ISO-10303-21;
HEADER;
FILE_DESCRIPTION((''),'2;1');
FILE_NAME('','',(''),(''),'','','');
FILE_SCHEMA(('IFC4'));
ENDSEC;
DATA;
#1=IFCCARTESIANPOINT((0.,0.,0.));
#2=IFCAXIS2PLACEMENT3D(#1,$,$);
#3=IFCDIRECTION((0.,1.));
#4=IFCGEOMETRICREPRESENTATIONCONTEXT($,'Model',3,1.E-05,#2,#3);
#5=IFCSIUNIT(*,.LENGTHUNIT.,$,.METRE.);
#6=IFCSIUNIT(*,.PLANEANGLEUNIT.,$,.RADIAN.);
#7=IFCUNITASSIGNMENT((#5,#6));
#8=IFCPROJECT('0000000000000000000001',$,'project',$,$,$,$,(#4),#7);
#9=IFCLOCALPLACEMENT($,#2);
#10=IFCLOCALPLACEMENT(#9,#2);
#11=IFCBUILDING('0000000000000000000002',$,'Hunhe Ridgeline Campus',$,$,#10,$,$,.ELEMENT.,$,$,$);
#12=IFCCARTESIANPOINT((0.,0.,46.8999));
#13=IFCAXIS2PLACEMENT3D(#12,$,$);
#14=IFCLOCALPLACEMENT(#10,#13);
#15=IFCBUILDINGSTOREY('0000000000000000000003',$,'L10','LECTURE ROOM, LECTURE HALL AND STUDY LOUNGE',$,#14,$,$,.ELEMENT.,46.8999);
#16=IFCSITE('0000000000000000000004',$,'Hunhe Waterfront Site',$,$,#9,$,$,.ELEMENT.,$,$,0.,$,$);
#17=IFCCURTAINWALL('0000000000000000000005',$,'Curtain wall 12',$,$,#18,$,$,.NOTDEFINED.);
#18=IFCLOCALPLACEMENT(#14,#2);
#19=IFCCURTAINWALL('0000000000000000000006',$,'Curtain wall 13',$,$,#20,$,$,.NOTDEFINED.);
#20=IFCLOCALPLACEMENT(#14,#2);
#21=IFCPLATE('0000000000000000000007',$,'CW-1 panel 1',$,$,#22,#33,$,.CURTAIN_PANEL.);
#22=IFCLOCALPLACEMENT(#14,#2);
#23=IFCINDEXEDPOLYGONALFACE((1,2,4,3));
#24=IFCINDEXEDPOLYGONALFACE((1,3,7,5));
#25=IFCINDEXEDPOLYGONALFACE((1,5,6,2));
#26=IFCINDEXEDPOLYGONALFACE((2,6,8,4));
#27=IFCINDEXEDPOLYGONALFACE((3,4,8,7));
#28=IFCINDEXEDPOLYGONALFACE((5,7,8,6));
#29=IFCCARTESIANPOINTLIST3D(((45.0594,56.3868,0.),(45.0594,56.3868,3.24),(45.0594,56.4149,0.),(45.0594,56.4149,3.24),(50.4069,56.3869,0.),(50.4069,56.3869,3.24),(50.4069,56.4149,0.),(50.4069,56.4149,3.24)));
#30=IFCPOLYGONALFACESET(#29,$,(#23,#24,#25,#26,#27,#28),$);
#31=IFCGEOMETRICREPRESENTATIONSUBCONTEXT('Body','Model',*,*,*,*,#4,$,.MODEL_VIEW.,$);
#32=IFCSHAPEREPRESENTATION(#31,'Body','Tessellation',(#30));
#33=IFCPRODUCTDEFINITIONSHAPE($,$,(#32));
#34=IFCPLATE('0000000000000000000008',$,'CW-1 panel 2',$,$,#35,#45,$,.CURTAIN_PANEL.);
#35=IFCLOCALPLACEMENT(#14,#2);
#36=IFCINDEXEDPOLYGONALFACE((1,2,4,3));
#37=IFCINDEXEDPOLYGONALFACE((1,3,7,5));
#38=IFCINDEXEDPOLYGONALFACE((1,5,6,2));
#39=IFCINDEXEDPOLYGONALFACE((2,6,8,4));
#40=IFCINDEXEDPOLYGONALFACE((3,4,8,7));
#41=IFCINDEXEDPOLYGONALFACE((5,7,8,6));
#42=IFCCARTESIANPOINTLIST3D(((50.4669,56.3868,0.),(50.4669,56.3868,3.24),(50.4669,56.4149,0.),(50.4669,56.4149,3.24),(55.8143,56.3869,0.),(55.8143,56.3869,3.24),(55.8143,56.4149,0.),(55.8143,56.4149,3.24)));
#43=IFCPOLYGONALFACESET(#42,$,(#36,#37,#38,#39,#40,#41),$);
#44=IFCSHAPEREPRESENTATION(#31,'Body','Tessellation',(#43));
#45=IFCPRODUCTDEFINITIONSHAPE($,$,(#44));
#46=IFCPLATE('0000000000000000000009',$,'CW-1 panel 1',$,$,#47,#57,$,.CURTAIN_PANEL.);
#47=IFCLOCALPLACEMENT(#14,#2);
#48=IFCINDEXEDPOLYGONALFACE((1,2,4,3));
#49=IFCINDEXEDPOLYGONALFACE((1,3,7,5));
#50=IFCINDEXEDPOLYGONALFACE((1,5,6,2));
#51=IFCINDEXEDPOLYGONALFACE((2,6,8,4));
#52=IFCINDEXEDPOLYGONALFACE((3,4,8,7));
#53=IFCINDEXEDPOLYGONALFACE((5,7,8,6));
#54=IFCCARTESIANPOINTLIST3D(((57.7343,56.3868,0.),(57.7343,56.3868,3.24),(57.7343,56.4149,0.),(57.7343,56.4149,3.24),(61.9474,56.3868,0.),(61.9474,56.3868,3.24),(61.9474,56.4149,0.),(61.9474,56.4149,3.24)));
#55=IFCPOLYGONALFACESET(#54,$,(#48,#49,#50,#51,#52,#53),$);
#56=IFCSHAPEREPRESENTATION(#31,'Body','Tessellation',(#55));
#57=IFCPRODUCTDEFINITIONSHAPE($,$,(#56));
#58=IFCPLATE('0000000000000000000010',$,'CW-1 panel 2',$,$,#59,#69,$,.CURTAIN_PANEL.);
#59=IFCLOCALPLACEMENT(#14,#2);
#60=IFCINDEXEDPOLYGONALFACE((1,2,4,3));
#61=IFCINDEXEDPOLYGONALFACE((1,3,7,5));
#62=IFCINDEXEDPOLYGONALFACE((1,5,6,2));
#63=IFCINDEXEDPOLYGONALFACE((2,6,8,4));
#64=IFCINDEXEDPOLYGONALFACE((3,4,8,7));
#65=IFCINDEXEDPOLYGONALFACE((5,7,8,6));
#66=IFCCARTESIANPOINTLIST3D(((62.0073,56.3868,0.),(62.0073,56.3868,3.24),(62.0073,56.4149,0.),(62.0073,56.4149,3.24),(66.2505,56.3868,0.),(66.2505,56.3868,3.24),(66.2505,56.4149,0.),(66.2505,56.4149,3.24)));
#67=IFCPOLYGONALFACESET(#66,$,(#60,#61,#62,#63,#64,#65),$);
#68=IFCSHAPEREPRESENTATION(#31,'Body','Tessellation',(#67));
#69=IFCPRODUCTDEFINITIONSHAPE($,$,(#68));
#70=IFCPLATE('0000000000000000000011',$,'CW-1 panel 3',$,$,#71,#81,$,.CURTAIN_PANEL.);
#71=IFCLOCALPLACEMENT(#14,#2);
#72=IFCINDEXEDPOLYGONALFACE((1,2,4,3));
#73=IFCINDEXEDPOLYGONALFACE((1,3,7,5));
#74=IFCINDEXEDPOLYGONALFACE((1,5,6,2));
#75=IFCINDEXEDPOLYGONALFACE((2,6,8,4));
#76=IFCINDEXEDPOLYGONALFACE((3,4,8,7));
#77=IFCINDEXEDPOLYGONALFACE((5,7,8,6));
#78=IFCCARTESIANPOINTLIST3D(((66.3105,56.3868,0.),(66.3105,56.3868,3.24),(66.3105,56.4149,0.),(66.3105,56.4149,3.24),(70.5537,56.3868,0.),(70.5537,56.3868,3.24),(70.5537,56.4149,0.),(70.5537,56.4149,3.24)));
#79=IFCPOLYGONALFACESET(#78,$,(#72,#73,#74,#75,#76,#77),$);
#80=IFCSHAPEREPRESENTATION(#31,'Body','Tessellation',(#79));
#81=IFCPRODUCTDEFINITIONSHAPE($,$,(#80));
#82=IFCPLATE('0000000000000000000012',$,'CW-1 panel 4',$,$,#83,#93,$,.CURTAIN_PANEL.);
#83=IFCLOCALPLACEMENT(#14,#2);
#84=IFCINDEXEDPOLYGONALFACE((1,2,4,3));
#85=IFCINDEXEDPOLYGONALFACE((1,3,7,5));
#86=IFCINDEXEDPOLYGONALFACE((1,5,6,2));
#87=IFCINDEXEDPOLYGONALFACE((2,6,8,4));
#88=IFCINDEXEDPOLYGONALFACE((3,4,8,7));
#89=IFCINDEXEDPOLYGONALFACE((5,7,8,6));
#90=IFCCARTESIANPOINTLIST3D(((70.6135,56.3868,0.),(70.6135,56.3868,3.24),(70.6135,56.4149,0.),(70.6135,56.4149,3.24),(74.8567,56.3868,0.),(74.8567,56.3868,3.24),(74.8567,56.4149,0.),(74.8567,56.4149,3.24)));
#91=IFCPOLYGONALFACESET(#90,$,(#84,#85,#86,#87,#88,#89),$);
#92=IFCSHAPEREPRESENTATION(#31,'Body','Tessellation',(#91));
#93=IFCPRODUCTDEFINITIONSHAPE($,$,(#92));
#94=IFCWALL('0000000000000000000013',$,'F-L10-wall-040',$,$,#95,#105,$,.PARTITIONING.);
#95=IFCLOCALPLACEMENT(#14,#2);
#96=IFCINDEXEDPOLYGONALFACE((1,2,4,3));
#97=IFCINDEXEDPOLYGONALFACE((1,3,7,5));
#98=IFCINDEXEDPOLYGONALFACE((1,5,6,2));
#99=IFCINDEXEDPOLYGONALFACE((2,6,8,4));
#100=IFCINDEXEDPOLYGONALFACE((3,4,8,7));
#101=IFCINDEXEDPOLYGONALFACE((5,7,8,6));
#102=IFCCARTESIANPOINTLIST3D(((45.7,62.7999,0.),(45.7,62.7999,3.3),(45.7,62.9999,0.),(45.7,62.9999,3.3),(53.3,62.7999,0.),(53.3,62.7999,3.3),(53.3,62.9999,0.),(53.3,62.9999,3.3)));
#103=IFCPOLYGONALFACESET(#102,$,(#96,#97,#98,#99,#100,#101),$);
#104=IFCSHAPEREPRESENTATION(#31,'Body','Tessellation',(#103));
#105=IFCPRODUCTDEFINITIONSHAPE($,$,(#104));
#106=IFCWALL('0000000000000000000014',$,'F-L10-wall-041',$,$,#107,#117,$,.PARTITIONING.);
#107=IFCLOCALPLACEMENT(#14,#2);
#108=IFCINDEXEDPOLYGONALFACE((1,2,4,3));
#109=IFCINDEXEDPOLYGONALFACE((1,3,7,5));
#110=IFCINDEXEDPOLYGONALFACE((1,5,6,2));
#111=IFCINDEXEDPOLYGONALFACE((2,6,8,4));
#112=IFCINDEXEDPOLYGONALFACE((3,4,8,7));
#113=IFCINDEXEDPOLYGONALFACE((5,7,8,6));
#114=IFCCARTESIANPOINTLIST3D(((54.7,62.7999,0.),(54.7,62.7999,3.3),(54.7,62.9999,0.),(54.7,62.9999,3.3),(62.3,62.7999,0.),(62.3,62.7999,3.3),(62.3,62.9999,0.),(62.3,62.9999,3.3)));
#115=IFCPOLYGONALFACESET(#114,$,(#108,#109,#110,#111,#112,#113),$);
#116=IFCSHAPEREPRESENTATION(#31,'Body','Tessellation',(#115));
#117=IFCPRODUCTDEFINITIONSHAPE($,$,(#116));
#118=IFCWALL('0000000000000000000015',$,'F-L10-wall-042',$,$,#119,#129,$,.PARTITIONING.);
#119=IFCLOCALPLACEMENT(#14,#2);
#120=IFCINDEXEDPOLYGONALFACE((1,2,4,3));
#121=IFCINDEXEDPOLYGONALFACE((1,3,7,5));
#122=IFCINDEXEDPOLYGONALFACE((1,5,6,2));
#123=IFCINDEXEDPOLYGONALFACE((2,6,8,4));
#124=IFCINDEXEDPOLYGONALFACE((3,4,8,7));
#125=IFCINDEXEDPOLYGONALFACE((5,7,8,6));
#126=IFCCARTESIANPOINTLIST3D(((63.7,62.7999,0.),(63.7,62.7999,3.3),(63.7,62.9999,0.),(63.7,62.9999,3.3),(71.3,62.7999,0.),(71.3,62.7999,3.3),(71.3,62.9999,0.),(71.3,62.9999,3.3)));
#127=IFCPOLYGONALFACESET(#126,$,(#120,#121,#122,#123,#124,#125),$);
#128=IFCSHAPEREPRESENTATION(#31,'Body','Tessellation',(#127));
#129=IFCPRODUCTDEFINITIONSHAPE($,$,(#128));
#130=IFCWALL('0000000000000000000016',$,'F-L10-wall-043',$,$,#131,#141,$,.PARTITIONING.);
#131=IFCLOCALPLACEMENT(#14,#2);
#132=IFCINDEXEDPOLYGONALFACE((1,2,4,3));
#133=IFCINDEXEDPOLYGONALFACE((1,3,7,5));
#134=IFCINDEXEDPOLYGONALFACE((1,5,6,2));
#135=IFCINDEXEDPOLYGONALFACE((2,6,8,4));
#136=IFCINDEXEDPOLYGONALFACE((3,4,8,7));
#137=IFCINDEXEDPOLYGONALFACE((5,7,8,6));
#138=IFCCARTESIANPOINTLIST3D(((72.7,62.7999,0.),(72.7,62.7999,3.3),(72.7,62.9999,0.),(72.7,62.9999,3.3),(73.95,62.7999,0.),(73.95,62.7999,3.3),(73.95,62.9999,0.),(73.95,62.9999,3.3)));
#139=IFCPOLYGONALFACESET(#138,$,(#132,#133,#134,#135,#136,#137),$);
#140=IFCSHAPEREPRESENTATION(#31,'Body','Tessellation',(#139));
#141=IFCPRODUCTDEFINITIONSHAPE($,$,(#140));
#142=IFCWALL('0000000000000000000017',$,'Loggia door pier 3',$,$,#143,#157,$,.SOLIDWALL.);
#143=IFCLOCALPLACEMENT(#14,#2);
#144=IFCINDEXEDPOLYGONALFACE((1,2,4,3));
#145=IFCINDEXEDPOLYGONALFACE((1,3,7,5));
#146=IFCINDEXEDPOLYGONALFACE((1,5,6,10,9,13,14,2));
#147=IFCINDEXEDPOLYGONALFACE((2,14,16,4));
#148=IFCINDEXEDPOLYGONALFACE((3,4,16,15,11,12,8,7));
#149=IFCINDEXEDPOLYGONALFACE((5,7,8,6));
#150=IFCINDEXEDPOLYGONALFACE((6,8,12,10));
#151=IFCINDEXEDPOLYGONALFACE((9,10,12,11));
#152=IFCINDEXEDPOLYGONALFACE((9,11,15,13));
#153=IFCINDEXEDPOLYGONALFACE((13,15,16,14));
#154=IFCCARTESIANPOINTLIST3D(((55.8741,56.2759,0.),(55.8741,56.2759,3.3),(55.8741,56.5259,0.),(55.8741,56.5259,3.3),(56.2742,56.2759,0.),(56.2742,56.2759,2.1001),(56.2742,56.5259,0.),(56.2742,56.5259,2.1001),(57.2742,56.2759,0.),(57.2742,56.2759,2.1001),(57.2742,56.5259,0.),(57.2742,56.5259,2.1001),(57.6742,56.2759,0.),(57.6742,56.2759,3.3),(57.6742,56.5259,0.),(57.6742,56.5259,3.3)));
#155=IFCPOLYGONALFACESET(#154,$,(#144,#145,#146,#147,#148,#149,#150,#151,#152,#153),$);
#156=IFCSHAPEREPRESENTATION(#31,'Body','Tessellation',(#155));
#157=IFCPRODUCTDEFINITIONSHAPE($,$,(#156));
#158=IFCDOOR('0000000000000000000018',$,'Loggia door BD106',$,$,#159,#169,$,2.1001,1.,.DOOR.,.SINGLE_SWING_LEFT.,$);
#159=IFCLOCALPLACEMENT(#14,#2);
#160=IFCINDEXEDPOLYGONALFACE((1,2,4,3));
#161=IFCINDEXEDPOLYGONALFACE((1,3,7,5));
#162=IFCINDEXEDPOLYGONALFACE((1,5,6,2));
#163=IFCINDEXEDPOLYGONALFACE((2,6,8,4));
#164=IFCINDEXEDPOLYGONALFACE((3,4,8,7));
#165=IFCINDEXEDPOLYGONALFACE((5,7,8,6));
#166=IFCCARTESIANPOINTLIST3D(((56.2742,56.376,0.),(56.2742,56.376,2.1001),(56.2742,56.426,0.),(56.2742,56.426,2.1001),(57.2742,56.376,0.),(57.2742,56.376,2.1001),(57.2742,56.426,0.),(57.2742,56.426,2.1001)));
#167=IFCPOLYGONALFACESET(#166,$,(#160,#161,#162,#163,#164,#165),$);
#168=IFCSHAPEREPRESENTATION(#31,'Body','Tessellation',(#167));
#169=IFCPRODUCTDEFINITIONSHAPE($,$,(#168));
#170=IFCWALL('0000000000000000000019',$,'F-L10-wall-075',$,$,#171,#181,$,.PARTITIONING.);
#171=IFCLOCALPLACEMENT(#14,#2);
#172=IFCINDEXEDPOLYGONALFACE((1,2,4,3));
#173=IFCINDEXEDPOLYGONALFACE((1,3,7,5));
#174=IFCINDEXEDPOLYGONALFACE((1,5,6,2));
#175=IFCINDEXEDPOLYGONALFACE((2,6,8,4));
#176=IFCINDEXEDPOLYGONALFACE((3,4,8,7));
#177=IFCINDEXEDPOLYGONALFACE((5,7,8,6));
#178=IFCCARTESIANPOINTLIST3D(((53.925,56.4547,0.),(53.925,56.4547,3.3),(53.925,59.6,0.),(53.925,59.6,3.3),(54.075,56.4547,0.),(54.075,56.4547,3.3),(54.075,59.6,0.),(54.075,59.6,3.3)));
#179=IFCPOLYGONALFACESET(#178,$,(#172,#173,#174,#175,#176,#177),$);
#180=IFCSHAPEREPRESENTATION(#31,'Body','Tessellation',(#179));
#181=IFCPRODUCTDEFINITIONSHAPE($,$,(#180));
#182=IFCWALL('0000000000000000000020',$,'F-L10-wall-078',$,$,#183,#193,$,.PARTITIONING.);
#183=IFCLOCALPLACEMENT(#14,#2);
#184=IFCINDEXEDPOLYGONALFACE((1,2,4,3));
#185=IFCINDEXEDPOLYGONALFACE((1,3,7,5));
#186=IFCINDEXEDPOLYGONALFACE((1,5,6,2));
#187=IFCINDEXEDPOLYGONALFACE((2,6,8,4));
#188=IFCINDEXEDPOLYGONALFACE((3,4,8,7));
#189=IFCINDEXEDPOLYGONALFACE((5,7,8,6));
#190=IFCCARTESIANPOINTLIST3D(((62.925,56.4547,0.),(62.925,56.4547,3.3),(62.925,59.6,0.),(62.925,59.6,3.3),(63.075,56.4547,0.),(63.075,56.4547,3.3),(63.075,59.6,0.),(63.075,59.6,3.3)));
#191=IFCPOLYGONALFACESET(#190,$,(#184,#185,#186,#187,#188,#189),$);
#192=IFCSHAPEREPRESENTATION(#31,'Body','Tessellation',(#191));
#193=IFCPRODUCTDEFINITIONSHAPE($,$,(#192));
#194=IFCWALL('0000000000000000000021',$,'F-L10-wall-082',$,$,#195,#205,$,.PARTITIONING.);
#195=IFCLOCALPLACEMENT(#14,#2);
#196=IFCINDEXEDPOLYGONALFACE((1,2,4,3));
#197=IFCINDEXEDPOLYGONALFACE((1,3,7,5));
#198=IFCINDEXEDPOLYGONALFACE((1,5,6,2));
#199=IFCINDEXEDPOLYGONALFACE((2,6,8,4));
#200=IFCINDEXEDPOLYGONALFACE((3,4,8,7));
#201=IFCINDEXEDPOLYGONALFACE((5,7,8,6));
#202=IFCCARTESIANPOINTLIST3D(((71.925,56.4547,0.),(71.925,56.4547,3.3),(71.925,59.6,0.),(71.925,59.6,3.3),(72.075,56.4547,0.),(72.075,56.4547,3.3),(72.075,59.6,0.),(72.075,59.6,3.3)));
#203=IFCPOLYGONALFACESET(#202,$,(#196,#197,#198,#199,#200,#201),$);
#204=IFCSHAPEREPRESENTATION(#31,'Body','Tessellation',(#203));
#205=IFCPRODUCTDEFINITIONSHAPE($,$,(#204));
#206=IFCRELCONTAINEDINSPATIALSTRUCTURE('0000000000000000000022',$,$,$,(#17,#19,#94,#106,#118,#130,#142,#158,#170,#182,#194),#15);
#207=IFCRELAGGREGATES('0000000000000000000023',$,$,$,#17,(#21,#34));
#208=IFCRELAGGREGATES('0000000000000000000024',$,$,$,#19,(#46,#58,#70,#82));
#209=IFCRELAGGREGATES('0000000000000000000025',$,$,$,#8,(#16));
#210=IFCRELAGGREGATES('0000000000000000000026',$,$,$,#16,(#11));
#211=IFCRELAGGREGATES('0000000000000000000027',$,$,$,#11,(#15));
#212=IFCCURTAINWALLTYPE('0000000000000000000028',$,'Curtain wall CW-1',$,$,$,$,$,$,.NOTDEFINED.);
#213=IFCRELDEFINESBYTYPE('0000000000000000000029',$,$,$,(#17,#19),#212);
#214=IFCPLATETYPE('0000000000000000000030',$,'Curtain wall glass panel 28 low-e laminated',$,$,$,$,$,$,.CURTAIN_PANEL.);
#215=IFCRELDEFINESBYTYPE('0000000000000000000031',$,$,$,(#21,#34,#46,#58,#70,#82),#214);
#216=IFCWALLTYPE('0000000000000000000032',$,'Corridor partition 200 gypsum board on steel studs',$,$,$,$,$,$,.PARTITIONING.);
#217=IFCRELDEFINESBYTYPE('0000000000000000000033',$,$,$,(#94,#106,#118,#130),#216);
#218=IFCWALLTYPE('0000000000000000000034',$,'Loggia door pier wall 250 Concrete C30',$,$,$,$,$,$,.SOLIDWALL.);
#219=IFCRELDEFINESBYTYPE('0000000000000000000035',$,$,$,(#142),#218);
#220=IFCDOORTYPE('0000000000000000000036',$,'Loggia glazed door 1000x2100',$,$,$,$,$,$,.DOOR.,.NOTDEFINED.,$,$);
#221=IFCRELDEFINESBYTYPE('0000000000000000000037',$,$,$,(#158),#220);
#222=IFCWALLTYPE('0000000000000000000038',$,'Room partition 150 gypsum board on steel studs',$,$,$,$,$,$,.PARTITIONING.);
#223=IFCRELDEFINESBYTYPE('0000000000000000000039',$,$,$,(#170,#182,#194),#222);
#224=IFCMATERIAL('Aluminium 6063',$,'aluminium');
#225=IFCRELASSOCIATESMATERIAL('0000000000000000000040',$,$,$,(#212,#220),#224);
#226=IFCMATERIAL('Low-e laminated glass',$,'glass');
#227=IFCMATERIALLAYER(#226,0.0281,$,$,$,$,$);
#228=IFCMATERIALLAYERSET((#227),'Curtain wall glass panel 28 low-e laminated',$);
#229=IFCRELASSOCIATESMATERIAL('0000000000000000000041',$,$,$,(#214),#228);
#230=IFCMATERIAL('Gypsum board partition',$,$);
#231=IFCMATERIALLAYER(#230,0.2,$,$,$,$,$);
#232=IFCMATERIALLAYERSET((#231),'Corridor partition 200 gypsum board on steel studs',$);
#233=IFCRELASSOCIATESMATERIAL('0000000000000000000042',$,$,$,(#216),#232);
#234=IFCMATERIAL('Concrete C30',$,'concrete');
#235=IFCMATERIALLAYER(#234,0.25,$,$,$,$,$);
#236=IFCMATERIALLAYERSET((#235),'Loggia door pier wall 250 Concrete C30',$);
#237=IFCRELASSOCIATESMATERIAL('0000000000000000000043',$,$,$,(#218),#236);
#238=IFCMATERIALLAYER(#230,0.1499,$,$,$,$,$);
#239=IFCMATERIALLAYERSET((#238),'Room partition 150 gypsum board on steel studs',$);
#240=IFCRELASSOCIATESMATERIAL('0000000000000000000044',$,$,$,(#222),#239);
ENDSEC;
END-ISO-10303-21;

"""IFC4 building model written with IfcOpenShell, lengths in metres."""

from ifc_helpers import new_model, si_unit, direction, frame, frame_2d, origin, origin_2d, place, context, subcontext, project, spatial, rectangle, extrude, material, layer, layer_set, type_object, element, fill, aggregate, save


model = new_model("IFC4")

# Units and contexts
model_context = context("Model", 3, precision=1e-05, world=origin(), true_north=direction((0.0, 1.0)))
body_context = subcontext(model_context, "Body", "Model", "MODEL_VIEW")
ifc_project = project(units=[si_unit("LENGTHUNIT", "METRE"), si_unit("PLANEANGLEUNIT", "RADIAN")], contexts=[model_context])

# Site, building, storey
site_placement = place(None, origin())
site = spatial("IfcSite", under=ifc_project, at=site_placement, Name="Hunhe Waterfront Site", CompositionType="ELEMENT", RefElevation=0.0)
building_placement = place(site_placement, origin())
building = spatial("IfcBuilding", under=site, at=building_placement, Name="Hunhe Ridgeline Campus", CompositionType="ELEMENT")
storey_placement = place(building_placement, frame((0.0, 0.0, 46.8999)))
storey = spatial("IfcBuildingStorey", under=building, at=storey_placement, Name="L10", Description="LECTURE ROOM, LECTURE HALL AND STUDY LOUNGE", CompositionType="ELEMENT", Elevation=46.8999)

# Curtain walls
ifc_material_1 = material(Name="Aluminium 6063", Category="aluminium")
curtain_wall_type = type_object("IfcCurtainWallType", Name="Curtain wall CW-1", PredefinedType="NOTDEFINED", material=ifc_material_1)
curtain_wall_1_placement = place(storey_placement, origin())
curtain_wall_1 = element("IfcCurtainWall", 1, at=curtain_wall_1_placement, inside=storey, type_object=curtain_wall_type, Name="Curtain wall 12", PredefinedType="NOTDEFINED")
curtain_wall_2_placement = place(storey_placement, origin())
curtain_wall_2 = element("IfcCurtainWall", 2, at=curtain_wall_2_placement, inside=storey, type_object=curtain_wall_type, Name="Curtain wall 13", PredefinedType="NOTDEFINED")

# Plates
ifc_material_2 = material(Name="Low-e laminated glass", Category="glass")
ifc_layer_1 = layer(ifc_material_2, 0.0281)
ifc_layer_set_1 = layer_set([ifc_layer_1], Name="Curtain wall glass panel 28 low-e laminated")
plate_type = type_object("IfcPlateType", Name="Curtain wall glass panel 28 low-e laminated", PredefinedType="CURTAIN_PANEL", material=ifc_layer_set_1)
plate_1_placement = place(storey_placement, frame((47.7332, 56.4009, 0.0), z_axis=(0.0, 0.0, 1.0), x_axis=(1.0, 0.000004, 0.0)))
plate_1 = element("IfcPlate", 3, at=plate_1_placement, type_object=plate_type, Name="CW-1 panel 1", PredefinedType="CURTAIN_PANEL", context=body_context, shape_type="SweptSolid", body=[
    extrude(rectangle(XDim=5.3474, YDim=0.0281, at=origin_2d()), origin(), (0.0, 0.0, 1.0), 3.24),
])
plate_2_placement = place(storey_placement, frame((53.1406, 56.4009, 0.0), z_axis=(0.0, 0.0, 1.0), x_axis=(1.0, 0.000004, 0.0)))
plate_2 = element("IfcPlate", 4, at=plate_2_placement, type_object=plate_type, Name="CW-1 panel 2", PredefinedType="CURTAIN_PANEL", context=body_context, shape_type="SweptSolid", body=[
    extrude(rectangle(XDim=5.3474, YDim=0.0281, at=origin_2d()), origin(), (0.0, 0.0, 1.0), 3.24),
])
aggregate(curtain_wall_1, [plate_1, plate_2])
plate_3_placement = place(storey_placement, frame((59.8408, 56.4009, 0.0), z_axis=(0.0, 0.0, 1.0), x_axis=(1.0, 0.000004, 0.0)))
plate_3 = element("IfcPlate", 5, at=plate_3_placement, type_object=plate_type, Name="CW-1 panel 1", PredefinedType="CURTAIN_PANEL", context=body_context, shape_type="SweptSolid", body=[
    extrude(rectangle(XDim=4.2131, YDim=0.0281, at=origin_2d()), origin(), (0.0, 0.0, 1.0), 3.24),
])
plate_4_placement = place(storey_placement, frame((64.1289, 56.4009, 0.0), z_axis=(0.0, 0.0, 1.0), x_axis=(1.0, 0.000004, 0.0)))
plate_4 = element("IfcPlate", 6, at=plate_4_placement, type_object=plate_type, Name="CW-1 panel 2", PredefinedType="CURTAIN_PANEL", context=body_context, shape_type="SweptSolid", body=[
    extrude(rectangle(XDim=4.2432, YDim=0.0281, at=origin_2d()), origin(), (0.0, 0.0, 1.0), 3.24),
])
plate_5_placement = place(storey_placement, frame((68.4321, 56.4009, 0.0), z_axis=(0.0, 0.0, 1.0), x_axis=(1.0, 0.000004, 0.0)))
plate_5 = element("IfcPlate", 7, at=plate_5_placement, type_object=plate_type, Name="CW-1 panel 3", PredefinedType="CURTAIN_PANEL", context=body_context, shape_type="SweptSolid", body=[
    extrude(rectangle(XDim=4.2432, YDim=0.0281, at=origin_2d()), origin(), (0.0, 0.0, 1.0), 3.24),
])
plate_6_placement = place(storey_placement, frame((72.7351, 56.4009, 0.0), z_axis=(0.0, 0.0, 1.0), x_axis=(1.0, 0.000004, 0.0)))
plate_6 = element("IfcPlate", 8, at=plate_6_placement, type_object=plate_type, Name="CW-1 panel 4", PredefinedType="CURTAIN_PANEL", context=body_context, shape_type="SweptSolid", body=[
    extrude(rectangle(XDim=4.2432, YDim=0.0281, at=origin_2d()), origin(), (0.0, 0.0, 1.0), 3.24),
])
aggregate(curtain_wall_2, [plate_3, plate_4, plate_5, plate_6])

# Walls
ifc_material_3 = material(Name="Gypsum board partition")
ifc_layer_2 = layer(ifc_material_3, 0.2)
ifc_layer_set_2 = layer_set([ifc_layer_2], Name="Corridor partition 200 gypsum board on steel studs")
wall_type_1 = type_object("IfcWallType", Name="Corridor partition 200 gypsum board on steel studs", PredefinedType="PARTITIONING", material=ifc_layer_set_2)
for number, where, z_axis, x_axis, name in (
    (9, (45.7, 62.8999, 0.0), (0.0, 0.0, 1.0), (1.0, 0.0, 0.0), "F-L10-wall-040"),
    (10, (54.7, 62.8999, 0.0), (0.0, 0.0, 1.0), (1.0, 0.0, 0.0), "F-L10-wall-041"),
    (11, (63.7, 62.8999, 0.0), (0.0, 0.0, 1.0), (1.0, 0.0, 0.0), "F-L10-wall-042"),
):
    element("IfcWall", number, at=place(storey_placement, frame(where, z_axis=z_axis, x_axis=x_axis)), inside=storey, type_object=wall_type_1, Name=name, PredefinedType="PARTITIONING", context=body_context, shape_type="SweptSolid", body=[
        extrude(rectangle(XDim=7.6001, YDim=0.2, at=frame_2d((3.8, 0.0))), origin(), (0.0, 0.0, 1.0), 3.3),
    ])
wall_1_placement = place(storey_placement, frame((72.7, 62.8999, 0.0), z_axis=(0.0, 0.0, 1.0), x_axis=(1.0, 0.0, 0.0)))
element("IfcWall", 12, at=wall_1_placement, inside=storey, type_object=wall_type_1, Name="F-L10-wall-043", PredefinedType="PARTITIONING", context=body_context, shape_type="SweptSolid", body=[
    extrude(rectangle(XDim=1.25, YDim=0.2, at=frame_2d((0.625, 0.0))), origin(), (0.0, 0.0, 1.0), 3.3),
])

# Wall, opening, door
ifc_material_4 = material(Name="Concrete C30", Category="concrete")
ifc_layer_3 = layer(ifc_material_4, 0.25)
ifc_layer_set_3 = layer_set([ifc_layer_3], Name="Loggia door pier wall 250 Concrete C30")
wall_type_2 = type_object("IfcWallType", Name="Loggia door pier wall 250 Concrete C30", PredefinedType="SOLIDWALL", material=ifc_layer_set_3)
wall_2_placement = place(storey_placement, frame((55.8743, 56.4009, 0.0), z_axis=(0.0, 0.0, 1.0), x_axis=(1.0, 0.0, 0.0)))
wall_2 = element("IfcWall", 13, at=wall_2_placement, inside=storey, type_object=wall_type_2, Name="Loggia door pier 3", PredefinedType="SOLIDWALL", context=body_context, shape_type="SweptSolid", body=[
    extrude(rectangle(XDim=1.8, YDim=0.25, at=frame_2d((0.8999, 0.0))), origin(), (0.0, 0.0, 1.0), 3.3),
])
opening_placement = place(wall_2_placement, frame((0.3999, 0.0, 0.0)))
opening = element("IfcOpeningElement", 14, at=opening_placement, cuts=wall_2, PredefinedType="OPENING", context=body_context, shape_type="SweptSolid", body=[
    extrude(rectangle(XDim=1.0, YDim=2.1001, at=frame_2d((0.5, 1.05))), frame((0.0, 0.125, 0.0), z_axis=(0.0, -1.0, 0.0), x_axis=(1.0, 0.0, 0.0)), (0.0, 0.0, 1.0), 0.25),
])
door_type = type_object("IfcDoorType", Name="Loggia glazed door 1000x2100", OperationType="NOTDEFINED", PredefinedType="DOOR", material=ifc_material_1)
door_placement = place(opening_placement, frame((1.0, 0.0, 0.0), z_axis=(0.0, 0.0, 1.0), x_axis=(-1.0, 0.0, 0.0)))
door = element("IfcDoor", 15, at=door_placement, inside=storey, type_object=door_type, Name="Loggia door BD106", OperationType="SINGLE_SWING_LEFT", OverallHeight=2.1001, OverallWidth=1.0, PredefinedType="DOOR", context=body_context, shape_type="SweptSolid", body=[
    extrude(rectangle(XDim=1.0, YDim=2.1001, at=frame_2d((0.5, 1.05))), frame((0.0, 0.0249, 0.0), z_axis=(0.0, -1.0, 0.0), x_axis=(1.0, 0.0, 0.0)), (0.0, 0.0, 1.0), 0.05),
])
fill(opening, door)

# Walls
ifc_layer_4 = layer(ifc_material_3, 0.1499)
ifc_layer_set_4 = layer_set([ifc_layer_4], Name="Room partition 150 gypsum board on steel studs")
wall_type_3 = type_object("IfcWallType", Name="Room partition 150 gypsum board on steel studs", PredefinedType="PARTITIONING", material=ifc_layer_set_4)
for number, where, z_axis, x_axis, name in (
    (16, (54.0, 59.6001, 0.0), (0.0, 0.0, 1.0), (0.0, -1.0, 0.0), "F-L10-wall-075"),
    (17, (63.0, 59.6001, 0.0), (0.0, 0.0, 1.0), (0.0, -1.0, 0.0), "F-L10-wall-078"),
    (18, (72.0, 59.6001, 0.0), (0.0, 0.0, 1.0), (0.0, -1.0, 0.0), "F-L10-wall-082"),
):
    element("IfcWall", number, at=place(storey_placement, frame(where, z_axis=z_axis, x_axis=x_axis)), inside=storey, type_object=wall_type_3, Name=name, PredefinedType="PARTITIONING", context=body_context, shape_type="SweptSolid", body=[
        extrude(rectangle(XDim=3.1453, YDim=0.1499, at=frame_2d((1.5728, 0.0))), origin(), (0.0, 0.0, 1.0), 3.3),
    ])

save(model, "model.ifc")
